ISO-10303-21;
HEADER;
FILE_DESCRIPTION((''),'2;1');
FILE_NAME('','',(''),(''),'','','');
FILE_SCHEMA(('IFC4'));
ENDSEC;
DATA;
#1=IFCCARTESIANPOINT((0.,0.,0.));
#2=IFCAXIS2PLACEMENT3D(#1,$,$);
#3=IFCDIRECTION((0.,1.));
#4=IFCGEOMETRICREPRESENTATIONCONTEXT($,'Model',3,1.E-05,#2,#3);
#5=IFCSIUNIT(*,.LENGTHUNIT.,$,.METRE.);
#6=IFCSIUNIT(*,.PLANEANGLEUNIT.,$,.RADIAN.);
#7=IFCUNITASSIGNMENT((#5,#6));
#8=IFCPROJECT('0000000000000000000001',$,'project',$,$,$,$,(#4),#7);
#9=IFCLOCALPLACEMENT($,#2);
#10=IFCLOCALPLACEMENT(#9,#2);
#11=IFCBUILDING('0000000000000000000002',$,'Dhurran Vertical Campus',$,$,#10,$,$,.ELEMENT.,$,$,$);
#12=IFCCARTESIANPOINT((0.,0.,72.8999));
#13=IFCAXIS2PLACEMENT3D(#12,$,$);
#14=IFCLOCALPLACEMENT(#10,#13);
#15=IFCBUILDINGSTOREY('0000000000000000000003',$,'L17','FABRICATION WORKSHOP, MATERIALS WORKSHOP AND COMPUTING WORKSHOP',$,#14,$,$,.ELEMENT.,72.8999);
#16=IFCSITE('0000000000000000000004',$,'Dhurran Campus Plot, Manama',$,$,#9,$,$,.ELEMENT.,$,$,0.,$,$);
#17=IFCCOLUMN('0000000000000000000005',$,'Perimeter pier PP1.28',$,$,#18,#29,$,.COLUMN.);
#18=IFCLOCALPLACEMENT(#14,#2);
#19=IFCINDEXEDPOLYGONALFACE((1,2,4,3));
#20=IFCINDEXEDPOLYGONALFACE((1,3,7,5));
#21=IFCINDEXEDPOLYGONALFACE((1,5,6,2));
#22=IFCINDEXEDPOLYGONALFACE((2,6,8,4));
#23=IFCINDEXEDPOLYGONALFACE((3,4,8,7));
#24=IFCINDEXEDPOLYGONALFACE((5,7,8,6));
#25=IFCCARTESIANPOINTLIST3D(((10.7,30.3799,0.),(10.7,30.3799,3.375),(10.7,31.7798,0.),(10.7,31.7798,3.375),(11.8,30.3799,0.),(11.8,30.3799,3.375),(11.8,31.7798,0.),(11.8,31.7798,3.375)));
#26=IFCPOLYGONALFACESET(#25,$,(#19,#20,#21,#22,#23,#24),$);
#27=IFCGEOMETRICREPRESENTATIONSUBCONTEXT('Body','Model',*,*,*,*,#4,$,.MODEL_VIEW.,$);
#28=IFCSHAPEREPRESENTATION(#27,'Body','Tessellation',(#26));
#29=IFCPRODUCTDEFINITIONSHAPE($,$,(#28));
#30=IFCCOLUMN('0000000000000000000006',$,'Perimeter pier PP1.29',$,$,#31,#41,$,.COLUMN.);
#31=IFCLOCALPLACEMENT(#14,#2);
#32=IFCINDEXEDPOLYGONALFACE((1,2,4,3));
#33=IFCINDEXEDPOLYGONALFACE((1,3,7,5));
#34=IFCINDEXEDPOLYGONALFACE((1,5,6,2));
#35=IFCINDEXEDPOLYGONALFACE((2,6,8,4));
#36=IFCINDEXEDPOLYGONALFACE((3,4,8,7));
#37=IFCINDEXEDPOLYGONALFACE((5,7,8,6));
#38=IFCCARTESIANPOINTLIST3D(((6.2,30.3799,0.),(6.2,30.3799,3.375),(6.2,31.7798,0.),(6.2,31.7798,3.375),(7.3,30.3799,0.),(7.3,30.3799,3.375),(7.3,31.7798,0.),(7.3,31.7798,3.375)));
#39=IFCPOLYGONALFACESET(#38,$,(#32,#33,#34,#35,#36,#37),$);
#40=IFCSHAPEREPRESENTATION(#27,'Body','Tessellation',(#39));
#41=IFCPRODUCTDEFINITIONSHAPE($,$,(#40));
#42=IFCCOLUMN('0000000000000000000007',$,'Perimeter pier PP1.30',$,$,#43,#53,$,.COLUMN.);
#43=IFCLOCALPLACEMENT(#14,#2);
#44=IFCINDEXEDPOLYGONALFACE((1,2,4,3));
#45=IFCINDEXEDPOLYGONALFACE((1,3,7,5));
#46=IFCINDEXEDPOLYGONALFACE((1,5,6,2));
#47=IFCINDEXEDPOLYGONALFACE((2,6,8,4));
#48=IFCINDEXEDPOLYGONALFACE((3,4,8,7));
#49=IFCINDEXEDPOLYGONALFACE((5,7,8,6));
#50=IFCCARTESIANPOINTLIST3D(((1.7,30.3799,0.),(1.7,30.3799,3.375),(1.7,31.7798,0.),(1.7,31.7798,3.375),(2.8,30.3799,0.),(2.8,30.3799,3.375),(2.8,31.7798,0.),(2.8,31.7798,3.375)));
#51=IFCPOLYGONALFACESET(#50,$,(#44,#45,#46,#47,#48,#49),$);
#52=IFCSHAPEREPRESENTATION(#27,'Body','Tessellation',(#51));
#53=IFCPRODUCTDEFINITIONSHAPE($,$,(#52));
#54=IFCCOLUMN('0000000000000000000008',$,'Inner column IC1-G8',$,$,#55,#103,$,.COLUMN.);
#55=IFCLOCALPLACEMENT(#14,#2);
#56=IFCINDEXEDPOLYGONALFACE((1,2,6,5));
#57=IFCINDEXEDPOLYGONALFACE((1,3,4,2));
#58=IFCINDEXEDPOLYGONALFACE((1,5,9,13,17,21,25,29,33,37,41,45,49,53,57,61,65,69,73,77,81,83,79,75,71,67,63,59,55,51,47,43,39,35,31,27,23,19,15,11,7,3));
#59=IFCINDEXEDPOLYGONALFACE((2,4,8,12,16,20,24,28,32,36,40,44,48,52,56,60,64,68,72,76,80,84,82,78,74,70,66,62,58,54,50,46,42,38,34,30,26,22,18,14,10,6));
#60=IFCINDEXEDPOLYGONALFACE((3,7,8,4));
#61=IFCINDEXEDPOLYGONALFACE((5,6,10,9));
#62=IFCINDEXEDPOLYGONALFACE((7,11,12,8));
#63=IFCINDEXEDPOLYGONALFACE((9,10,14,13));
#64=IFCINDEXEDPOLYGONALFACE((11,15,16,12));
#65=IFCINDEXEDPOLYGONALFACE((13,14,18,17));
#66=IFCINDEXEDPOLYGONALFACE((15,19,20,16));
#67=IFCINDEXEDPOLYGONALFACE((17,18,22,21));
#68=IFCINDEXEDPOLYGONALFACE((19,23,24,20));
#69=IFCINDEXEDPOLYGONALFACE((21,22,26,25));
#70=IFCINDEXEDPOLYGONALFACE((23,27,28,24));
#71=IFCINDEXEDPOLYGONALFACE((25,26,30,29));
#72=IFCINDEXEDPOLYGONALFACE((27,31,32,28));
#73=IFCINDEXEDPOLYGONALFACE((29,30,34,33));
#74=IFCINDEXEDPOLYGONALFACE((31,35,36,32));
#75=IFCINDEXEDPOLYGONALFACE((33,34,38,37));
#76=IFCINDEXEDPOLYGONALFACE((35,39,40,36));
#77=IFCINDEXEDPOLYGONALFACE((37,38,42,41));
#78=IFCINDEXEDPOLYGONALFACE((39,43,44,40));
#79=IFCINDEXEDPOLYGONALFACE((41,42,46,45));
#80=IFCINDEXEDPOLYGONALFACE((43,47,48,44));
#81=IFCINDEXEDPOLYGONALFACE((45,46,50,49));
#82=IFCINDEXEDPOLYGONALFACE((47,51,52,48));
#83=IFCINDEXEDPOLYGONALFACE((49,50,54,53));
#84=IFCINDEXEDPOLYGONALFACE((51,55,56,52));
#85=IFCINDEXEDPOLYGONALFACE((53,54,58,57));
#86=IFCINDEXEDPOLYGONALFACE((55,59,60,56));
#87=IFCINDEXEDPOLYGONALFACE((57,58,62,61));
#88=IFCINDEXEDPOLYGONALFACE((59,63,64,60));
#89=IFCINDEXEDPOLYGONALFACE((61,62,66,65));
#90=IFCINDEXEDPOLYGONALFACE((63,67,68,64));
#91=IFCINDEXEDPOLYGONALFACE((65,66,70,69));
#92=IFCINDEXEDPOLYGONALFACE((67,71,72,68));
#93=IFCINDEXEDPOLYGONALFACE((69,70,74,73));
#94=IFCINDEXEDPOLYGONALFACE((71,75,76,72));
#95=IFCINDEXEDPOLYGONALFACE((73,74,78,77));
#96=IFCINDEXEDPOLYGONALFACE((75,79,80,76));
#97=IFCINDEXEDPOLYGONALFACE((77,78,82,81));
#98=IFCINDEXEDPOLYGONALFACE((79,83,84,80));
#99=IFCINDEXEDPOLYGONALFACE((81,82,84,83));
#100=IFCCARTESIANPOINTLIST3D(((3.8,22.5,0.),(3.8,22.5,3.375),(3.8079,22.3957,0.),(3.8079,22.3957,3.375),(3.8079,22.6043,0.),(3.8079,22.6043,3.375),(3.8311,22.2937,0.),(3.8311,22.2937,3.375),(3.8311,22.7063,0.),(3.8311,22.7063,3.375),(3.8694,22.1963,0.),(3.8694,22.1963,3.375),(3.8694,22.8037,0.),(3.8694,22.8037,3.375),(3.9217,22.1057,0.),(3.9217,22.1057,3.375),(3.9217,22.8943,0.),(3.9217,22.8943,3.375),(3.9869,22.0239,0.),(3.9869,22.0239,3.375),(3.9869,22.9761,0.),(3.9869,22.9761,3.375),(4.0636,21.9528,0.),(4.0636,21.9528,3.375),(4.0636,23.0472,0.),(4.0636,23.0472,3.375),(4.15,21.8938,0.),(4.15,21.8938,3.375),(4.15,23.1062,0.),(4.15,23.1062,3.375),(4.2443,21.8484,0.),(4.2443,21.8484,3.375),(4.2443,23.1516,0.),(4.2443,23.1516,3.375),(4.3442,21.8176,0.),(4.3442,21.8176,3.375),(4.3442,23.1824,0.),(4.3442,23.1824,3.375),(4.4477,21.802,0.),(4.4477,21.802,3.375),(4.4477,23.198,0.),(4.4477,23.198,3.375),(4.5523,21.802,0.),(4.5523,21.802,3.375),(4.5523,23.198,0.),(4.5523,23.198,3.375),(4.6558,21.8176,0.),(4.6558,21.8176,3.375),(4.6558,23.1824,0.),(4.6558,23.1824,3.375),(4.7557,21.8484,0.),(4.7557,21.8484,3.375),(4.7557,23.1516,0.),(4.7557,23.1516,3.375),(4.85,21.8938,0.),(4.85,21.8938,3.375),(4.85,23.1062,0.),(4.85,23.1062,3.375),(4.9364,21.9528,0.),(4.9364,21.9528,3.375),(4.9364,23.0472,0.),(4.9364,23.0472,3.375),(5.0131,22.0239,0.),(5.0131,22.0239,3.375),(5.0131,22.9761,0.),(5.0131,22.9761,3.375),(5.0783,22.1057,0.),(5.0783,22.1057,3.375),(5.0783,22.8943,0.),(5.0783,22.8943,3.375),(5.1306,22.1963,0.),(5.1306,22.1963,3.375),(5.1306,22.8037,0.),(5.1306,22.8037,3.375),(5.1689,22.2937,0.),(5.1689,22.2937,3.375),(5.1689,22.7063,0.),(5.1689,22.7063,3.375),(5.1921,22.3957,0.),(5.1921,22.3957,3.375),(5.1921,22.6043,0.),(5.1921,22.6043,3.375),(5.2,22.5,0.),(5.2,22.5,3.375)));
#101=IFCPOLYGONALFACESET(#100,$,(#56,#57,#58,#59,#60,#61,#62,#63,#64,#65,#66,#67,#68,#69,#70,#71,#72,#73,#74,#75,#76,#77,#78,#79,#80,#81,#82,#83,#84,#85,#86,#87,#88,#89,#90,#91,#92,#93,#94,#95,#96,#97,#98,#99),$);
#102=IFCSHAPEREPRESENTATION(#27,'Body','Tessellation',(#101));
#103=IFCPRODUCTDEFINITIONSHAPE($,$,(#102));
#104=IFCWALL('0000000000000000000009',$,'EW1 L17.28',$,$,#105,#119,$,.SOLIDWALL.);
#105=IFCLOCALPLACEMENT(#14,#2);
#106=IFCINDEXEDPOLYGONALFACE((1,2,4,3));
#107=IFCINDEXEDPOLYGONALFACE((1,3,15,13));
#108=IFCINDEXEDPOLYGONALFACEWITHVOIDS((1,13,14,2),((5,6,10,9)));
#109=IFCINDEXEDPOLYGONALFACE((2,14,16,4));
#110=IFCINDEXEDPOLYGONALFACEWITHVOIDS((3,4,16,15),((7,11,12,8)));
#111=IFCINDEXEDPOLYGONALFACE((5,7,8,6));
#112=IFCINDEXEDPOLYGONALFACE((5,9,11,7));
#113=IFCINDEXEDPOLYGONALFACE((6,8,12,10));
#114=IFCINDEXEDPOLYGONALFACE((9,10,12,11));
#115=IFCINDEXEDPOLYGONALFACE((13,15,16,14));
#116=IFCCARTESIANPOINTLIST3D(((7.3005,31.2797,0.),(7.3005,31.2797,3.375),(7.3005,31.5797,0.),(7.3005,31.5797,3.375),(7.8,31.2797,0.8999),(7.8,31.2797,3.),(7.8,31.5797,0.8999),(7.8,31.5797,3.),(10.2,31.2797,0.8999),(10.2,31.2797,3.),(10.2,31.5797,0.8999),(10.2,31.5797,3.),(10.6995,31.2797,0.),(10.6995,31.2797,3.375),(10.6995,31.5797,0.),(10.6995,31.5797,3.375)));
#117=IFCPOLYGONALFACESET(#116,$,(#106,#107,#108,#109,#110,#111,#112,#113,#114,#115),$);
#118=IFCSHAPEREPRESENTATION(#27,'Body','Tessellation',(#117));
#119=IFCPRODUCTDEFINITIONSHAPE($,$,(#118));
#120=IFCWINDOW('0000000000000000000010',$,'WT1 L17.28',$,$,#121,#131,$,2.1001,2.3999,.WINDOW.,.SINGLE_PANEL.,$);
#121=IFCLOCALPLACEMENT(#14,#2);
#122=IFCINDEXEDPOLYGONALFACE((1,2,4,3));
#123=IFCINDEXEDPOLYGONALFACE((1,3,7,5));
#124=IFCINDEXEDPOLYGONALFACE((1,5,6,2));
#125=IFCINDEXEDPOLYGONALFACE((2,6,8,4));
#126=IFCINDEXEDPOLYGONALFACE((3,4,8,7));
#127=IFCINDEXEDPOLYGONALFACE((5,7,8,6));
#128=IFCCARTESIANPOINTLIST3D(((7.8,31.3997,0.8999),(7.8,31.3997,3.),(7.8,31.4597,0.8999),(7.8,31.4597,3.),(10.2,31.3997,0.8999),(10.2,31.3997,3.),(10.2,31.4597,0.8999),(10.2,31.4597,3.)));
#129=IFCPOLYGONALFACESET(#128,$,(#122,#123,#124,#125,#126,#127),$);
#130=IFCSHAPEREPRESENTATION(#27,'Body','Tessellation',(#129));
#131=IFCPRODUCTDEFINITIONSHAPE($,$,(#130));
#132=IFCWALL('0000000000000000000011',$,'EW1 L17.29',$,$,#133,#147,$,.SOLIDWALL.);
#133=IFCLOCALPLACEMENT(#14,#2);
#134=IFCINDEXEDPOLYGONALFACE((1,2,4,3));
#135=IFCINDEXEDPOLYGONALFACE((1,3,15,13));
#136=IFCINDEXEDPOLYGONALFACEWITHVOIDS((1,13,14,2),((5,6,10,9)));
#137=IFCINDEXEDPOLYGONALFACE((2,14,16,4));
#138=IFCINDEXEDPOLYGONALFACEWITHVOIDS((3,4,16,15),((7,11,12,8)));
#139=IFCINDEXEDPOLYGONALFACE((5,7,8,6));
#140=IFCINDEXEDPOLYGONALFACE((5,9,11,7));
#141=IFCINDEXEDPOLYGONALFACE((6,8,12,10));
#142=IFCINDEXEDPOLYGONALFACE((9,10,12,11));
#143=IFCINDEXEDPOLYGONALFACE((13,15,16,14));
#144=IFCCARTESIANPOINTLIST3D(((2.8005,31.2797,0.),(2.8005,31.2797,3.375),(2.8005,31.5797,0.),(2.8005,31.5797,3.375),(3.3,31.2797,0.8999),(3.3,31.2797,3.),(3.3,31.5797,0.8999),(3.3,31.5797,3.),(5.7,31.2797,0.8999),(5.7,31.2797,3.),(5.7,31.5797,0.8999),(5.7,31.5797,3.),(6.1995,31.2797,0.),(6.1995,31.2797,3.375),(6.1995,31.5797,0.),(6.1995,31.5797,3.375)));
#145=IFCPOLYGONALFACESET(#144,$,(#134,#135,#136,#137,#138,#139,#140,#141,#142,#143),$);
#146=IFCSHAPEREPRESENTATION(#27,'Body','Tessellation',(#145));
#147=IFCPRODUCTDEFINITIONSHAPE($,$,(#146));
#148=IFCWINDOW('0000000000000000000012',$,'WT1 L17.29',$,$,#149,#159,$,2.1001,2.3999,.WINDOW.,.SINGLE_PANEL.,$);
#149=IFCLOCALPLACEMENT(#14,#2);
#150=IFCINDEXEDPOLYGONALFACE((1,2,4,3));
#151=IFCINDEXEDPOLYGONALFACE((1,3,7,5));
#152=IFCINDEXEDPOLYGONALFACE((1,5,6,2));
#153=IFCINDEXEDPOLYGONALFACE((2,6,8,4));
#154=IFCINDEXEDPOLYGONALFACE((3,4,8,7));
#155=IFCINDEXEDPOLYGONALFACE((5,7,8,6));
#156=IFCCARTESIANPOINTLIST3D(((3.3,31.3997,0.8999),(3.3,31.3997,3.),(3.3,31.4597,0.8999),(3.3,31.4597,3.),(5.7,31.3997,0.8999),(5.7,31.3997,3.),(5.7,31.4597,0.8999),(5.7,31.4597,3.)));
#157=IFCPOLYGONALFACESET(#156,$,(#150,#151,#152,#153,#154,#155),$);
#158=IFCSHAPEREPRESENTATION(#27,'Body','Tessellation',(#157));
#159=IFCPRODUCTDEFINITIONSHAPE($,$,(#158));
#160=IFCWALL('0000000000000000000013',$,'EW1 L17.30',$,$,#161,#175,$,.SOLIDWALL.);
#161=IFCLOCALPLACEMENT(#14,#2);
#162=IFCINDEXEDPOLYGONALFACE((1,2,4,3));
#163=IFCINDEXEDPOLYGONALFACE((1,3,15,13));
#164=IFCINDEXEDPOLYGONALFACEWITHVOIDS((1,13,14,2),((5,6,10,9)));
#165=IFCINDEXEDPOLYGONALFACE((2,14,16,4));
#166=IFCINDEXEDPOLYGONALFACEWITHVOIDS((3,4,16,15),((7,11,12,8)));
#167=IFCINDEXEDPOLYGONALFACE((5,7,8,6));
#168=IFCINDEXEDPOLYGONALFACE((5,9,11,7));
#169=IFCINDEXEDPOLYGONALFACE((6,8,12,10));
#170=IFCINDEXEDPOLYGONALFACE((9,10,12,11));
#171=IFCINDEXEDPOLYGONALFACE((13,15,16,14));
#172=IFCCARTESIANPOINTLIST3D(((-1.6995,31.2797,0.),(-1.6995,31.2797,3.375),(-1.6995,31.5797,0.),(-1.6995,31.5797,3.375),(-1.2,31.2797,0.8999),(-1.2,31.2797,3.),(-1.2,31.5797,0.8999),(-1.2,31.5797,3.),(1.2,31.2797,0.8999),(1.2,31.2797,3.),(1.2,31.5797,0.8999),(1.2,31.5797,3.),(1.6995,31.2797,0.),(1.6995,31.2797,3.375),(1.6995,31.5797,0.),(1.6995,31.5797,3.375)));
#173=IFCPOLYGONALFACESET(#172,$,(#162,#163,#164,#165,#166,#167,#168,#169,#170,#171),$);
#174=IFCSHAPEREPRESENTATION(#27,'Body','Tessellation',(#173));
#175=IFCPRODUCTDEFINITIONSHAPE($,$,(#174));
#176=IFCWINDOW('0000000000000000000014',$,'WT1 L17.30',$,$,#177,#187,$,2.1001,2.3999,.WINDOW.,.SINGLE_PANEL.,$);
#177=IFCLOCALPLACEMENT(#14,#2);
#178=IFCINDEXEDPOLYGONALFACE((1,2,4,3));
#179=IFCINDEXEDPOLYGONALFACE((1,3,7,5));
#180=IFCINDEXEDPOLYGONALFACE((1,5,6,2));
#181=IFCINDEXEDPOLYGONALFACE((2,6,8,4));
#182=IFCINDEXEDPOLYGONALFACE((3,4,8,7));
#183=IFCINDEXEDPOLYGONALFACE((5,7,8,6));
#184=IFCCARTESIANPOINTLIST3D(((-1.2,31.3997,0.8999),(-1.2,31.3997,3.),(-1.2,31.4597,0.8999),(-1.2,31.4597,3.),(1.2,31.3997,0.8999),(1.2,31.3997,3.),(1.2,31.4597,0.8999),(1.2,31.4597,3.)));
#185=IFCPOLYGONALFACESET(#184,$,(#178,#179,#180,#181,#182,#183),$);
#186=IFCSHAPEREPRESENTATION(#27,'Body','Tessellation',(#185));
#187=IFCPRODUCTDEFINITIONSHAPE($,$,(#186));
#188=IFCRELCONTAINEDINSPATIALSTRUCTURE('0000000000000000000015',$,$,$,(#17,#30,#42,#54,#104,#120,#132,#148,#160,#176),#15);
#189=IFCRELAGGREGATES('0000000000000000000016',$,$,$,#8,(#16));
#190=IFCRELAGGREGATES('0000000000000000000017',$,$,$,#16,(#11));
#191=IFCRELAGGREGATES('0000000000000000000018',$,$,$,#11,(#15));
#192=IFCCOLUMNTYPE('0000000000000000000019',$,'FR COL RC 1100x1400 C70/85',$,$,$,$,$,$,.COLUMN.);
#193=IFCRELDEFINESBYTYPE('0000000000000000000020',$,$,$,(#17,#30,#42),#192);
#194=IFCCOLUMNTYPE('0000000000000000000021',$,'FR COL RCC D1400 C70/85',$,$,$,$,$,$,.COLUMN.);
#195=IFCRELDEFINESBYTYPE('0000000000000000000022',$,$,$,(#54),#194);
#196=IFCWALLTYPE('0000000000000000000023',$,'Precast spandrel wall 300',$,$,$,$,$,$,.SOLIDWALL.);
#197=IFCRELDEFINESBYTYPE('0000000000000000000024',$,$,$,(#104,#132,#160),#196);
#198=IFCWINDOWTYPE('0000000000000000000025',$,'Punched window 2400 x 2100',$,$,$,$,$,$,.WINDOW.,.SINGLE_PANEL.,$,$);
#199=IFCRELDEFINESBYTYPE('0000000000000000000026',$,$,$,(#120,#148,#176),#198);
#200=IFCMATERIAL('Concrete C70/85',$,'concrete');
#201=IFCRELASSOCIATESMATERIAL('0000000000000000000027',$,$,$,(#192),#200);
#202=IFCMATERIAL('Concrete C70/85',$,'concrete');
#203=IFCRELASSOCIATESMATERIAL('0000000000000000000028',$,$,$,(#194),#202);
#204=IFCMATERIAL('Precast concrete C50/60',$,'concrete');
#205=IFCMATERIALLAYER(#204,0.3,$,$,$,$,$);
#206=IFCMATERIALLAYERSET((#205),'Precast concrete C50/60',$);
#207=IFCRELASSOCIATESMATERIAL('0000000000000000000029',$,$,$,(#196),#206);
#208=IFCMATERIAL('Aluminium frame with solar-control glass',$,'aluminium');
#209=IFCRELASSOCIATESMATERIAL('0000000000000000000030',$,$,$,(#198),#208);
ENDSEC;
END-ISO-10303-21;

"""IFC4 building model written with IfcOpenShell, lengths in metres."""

from ifc_helpers import new_model, si_unit, direction, frame, frame_2d, origin, origin_2d, place, context, subcontext, project, spatial, rectangle, circle, extrude, material, layer, layer_set, material_profile, profile_set, type_object, element, fill, save


model = new_model("IFC4")

# Units and contexts
model_context = context("Model", 3, precision=1e-05, world=origin(), true_north=direction((0.0, 1.0)))
body_context = subcontext(model_context, "Body", "Model", "MODEL_VIEW")
ifc_project = project(units=[si_unit("LENGTHUNIT", "METRE"), si_unit("PLANEANGLEUNIT", "RADIAN")], contexts=[model_context])

# Site, building, storey
site_placement = place(None, origin())
site = spatial("IfcSite", under=ifc_project, at=site_placement, Name="Dhurran Campus Plot, Manama", CompositionType="ELEMENT", RefElevation=0.0)
building_placement = place(site_placement, origin())
building = spatial("IfcBuilding", under=site, at=building_placement, Name="Dhurran Vertical Campus", CompositionType="ELEMENT")
storey_placement = place(building_placement, frame((0.0, 0.0, 72.8999)))
storey = spatial("IfcBuildingStorey", under=building, at=storey_placement, Name="L17", Description="FABRICATION WORKSHOP, MATERIALS WORKSHOP AND COMPUTING WORKSHOP", CompositionType="ELEMENT", Elevation=72.8999)

# Columns
ifc_material_1 = material(Name="Concrete C70/85", Category="concrete")
ifc_material_profile_1 = material_profile(ifc_material_1, rectangle(XDim=1.1001, YDim=1.3999, at=origin_2d()), Name="RC 1100x1400")
ifc_profile_set_1 = profile_set([ifc_material_profile_1], Name="Concrete C70/85")
column_type_1 = type_object("IfcColumnType", Name="FR COL RC 1100x1400 C70/85", PredefinedType="COLUMN", material=ifc_profile_set_1)
for number, where, z_axis, x_axis, name in (
    (1, (11.25, 31.0798, 0.0), (0.0, 0.0, 1.0), (-1.0, 0.0, 0.0), "Perimeter pier PP1.28"),
    (2, (6.75, 31.0798, 0.0), (0.0, 0.0, 1.0), (-1.0, 0.0, 0.0), "Perimeter pier PP1.29"),
    (3, (2.25, 31.0798, 0.0), (0.0, 0.0, 1.0), (-1.0, 0.0, 0.0), "Perimeter pier PP1.30"),
):
    element("IfcColumn", number, at=place(storey_placement, frame(where, z_axis=z_axis, x_axis=x_axis)), inside=storey, type_object=column_type_1, Name=name, PredefinedType="COLUMN", context=body_context, shape_type="SweptSolid", body=[
        extrude(rectangle(XDim=1.1001, YDim=1.3999, at=origin_2d()), origin(), (0.0, 0.0, 1.0), 3.375),
    ])
ifc_material_2 = material(Name="Concrete C70/85", Category="concrete")
ifc_material_profile_2 = material_profile(ifc_material_2, circle(Radius=0.7, at=origin_2d()), Name="RCC D1400")
ifc_profile_set_2 = profile_set([ifc_material_profile_2], Name="Concrete C70/85")
column_type_2 = type_object("IfcColumnType", Name="FR COL RCC D1400 C70/85", PredefinedType="COLUMN", material=ifc_profile_set_2)
column_placement = place(storey_placement, frame((4.5, 22.5, 0.0), z_axis=(0.0, 0.0, 1.0), x_axis=(1.0, 0.0, 0.0)))
element("IfcColumn", 4, at=column_placement, inside=storey, type_object=column_type_2, Name="Inner column IC1-G8", PredefinedType="COLUMN", context=body_context, shape_type="SweptSolid", body=[
    extrude(circle(Radius=0.7, at=origin_2d()), origin(), (0.0, 0.0, 1.0), 3.375),
])

# Walls, openings, windows
ifc_material_3 = material(Name="Precast concrete C50/60", Category="concrete")
ifc_layer_1 = layer(ifc_material_3, 0.3)
ifc_layer_set_1 = layer_set([ifc_layer_1], Name="Precast concrete C50/60")
wall_type_1 = type_object("IfcWallType", Name="Precast spandrel wall 300", PredefinedType="SOLIDWALL", material=ifc_layer_set_1)
wall_1_placement = place(storey_placement, frame((10.6995, 31.4297, 0.0), z_axis=(0.0, 0.0, 1.0), x_axis=(-1.0, 0.0, 0.0)))
wall_1 = element("IfcWall", 5, at=wall_1_placement, inside=storey, type_object=wall_type_1, Name="EW1 L17.28", PredefinedType="SOLIDWALL", context=body_context, shape_type="SweptSolid", body=[
    extrude(rectangle(XDim=3.3989, YDim=0.3, at=frame_2d((1.6995, 0.0))), origin(), (0.0, 0.0, 1.0), 3.375),
])
opening_1_placement = place(wall_1_placement, frame((0.4995, 0.0, 0.8999)))
opening_1 = element("IfcOpeningElement", 6, at=opening_1_placement, cuts=wall_1, PredefinedType="OPENING", context=body_context, shape_type="SweptSolid", body=[
    extrude(rectangle(XDim=2.3999, YDim=2.1001, at=frame_2d((1.2, 1.05))), frame((0.0, 0.1599, 0.0), z_axis=(0.0, -1.0, 0.0), x_axis=(1.0, 0.0, 0.0)), (0.0, 0.0, 1.0), 0.3201),
])
ifc_material_4 = material(Name="Aluminium frame with solar-control glass", Category="aluminium")
window_type = type_object("IfcWindowType", Name="Punched window 2400 x 2100", PartitioningType="SINGLE_PANEL", PredefinedType="WINDOW", material=ifc_material_4)
window_1_placement = place(opening_1_placement, origin())
window_1 = element("IfcWindow", 7, at=window_1_placement, inside=storey, type_object=window_type, Name="WT1 L17.28", OverallHeight=2.1001, OverallWidth=2.3999, PartitioningType="SINGLE_PANEL", PredefinedType="WINDOW", context=body_context, shape_type="SweptSolid", body=[
    extrude(rectangle(XDim=2.3999, YDim=2.1001, at=frame_2d((1.2, 1.05))), frame((0.0, 0.03, 0.0), z_axis=(0.0, -1.0, 0.0), x_axis=(1.0, 0.0, 0.0)), (0.0, 0.0, 1.0), 0.0601),
])
fill(opening_1, window_1)
wall_2_placement = place(storey_placement, frame((6.1995, 31.4297, 0.0), z_axis=(0.0, 0.0, 1.0), x_axis=(-1.0, 0.0, 0.0)))
wall_2 = element("IfcWall", 8, at=wall_2_placement, inside=storey, type_object=wall_type_1, Name="EW1 L17.29", PredefinedType="SOLIDWALL", context=body_context, shape_type="SweptSolid", body=[
    extrude(rectangle(XDim=3.3989, YDim=0.3, at=frame_2d((1.6995, 0.0))), origin(), (0.0, 0.0, 1.0), 3.375),
])
opening_2_placement = place(wall_2_placement, frame((0.4995, 0.0, 0.8999)))
opening_2 = element("IfcOpeningElement", 9, at=opening_2_placement, cuts=wall_2, PredefinedType="OPENING", context=body_context, shape_type="SweptSolid", body=[
    extrude(rectangle(XDim=2.3999, YDim=2.1001, at=frame_2d((1.2, 1.05))), frame((0.0, 0.1599, 0.0), z_axis=(0.0, -1.0, 0.0), x_axis=(1.0, 0.0, 0.0)), (0.0, 0.0, 1.0), 0.3201),
])
window_2_placement = place(opening_2_placement, origin())
window_2 = element("IfcWindow", 10, at=window_2_placement, inside=storey, type_object=window_type, Name="WT1 L17.29", OverallHeight=2.1001, OverallWidth=2.3999, PartitioningType="SINGLE_PANEL", PredefinedType="WINDOW", context=body_context, shape_type="SweptSolid", body=[
    extrude(rectangle(XDim=2.3999, YDim=2.1001, at=frame_2d((1.2, 1.05))), frame((0.0, 0.03, 0.0), z_axis=(0.0, -1.0, 0.0), x_axis=(1.0, 0.0, 0.0)), (0.0, 0.0, 1.0), 0.0601),
])
fill(opening_2, window_2)
wall_3_placement = place(storey_placement, frame((1.6995, 31.4297, 0.0), z_axis=(0.0, 0.0, 1.0), x_axis=(-1.0, 0.0, 0.0)))
wall_3 = element("IfcWall", 11, at=wall_3_placement, inside=storey, type_object=wall_type_1, Name="EW1 L17.30", PredefinedType="SOLIDWALL", context=body_context, shape_type="SweptSolid", body=[
    extrude(rectangle(XDim=3.3989, YDim=0.3, at=frame_2d((1.6995, 0.0))), origin(), (0.0, 0.0, 1.0), 3.375),
])
opening_3_placement = place(wall_3_placement, frame((0.4995, 0.0, 0.8999)))
opening_3 = element("IfcOpeningElement", 12, at=opening_3_placement, cuts=wall_3, PredefinedType="OPENING", context=body_context, shape_type="SweptSolid", body=[
    extrude(rectangle(XDim=2.3999, YDim=2.1001, at=frame_2d((1.2, 1.05))), frame((0.0, 0.1599, 0.0), z_axis=(0.0, -1.0, 0.0), x_axis=(1.0, 0.0, 0.0)), (0.0, 0.0, 1.0), 0.3201),
])
window_3_placement = place(opening_3_placement, origin())
window_3 = element("IfcWindow", 13, at=window_3_placement, inside=storey, type_object=window_type, Name="WT1 L17.30", OverallHeight=2.1001, OverallWidth=2.3999, PartitioningType="SINGLE_PANEL", PredefinedType="WINDOW", context=body_context, shape_type="SweptSolid", body=[
    extrude(rectangle(XDim=2.3999, YDim=2.1001, at=frame_2d((1.2, 1.05))), frame((0.0, 0.03, 0.0), z_axis=(0.0, -1.0, 0.0), x_axis=(1.0, 0.0, 0.0)), (0.0, 0.0, 1.0), 0.0601),
])
fill(opening_3, window_3)

save(model, "model.ifc")
